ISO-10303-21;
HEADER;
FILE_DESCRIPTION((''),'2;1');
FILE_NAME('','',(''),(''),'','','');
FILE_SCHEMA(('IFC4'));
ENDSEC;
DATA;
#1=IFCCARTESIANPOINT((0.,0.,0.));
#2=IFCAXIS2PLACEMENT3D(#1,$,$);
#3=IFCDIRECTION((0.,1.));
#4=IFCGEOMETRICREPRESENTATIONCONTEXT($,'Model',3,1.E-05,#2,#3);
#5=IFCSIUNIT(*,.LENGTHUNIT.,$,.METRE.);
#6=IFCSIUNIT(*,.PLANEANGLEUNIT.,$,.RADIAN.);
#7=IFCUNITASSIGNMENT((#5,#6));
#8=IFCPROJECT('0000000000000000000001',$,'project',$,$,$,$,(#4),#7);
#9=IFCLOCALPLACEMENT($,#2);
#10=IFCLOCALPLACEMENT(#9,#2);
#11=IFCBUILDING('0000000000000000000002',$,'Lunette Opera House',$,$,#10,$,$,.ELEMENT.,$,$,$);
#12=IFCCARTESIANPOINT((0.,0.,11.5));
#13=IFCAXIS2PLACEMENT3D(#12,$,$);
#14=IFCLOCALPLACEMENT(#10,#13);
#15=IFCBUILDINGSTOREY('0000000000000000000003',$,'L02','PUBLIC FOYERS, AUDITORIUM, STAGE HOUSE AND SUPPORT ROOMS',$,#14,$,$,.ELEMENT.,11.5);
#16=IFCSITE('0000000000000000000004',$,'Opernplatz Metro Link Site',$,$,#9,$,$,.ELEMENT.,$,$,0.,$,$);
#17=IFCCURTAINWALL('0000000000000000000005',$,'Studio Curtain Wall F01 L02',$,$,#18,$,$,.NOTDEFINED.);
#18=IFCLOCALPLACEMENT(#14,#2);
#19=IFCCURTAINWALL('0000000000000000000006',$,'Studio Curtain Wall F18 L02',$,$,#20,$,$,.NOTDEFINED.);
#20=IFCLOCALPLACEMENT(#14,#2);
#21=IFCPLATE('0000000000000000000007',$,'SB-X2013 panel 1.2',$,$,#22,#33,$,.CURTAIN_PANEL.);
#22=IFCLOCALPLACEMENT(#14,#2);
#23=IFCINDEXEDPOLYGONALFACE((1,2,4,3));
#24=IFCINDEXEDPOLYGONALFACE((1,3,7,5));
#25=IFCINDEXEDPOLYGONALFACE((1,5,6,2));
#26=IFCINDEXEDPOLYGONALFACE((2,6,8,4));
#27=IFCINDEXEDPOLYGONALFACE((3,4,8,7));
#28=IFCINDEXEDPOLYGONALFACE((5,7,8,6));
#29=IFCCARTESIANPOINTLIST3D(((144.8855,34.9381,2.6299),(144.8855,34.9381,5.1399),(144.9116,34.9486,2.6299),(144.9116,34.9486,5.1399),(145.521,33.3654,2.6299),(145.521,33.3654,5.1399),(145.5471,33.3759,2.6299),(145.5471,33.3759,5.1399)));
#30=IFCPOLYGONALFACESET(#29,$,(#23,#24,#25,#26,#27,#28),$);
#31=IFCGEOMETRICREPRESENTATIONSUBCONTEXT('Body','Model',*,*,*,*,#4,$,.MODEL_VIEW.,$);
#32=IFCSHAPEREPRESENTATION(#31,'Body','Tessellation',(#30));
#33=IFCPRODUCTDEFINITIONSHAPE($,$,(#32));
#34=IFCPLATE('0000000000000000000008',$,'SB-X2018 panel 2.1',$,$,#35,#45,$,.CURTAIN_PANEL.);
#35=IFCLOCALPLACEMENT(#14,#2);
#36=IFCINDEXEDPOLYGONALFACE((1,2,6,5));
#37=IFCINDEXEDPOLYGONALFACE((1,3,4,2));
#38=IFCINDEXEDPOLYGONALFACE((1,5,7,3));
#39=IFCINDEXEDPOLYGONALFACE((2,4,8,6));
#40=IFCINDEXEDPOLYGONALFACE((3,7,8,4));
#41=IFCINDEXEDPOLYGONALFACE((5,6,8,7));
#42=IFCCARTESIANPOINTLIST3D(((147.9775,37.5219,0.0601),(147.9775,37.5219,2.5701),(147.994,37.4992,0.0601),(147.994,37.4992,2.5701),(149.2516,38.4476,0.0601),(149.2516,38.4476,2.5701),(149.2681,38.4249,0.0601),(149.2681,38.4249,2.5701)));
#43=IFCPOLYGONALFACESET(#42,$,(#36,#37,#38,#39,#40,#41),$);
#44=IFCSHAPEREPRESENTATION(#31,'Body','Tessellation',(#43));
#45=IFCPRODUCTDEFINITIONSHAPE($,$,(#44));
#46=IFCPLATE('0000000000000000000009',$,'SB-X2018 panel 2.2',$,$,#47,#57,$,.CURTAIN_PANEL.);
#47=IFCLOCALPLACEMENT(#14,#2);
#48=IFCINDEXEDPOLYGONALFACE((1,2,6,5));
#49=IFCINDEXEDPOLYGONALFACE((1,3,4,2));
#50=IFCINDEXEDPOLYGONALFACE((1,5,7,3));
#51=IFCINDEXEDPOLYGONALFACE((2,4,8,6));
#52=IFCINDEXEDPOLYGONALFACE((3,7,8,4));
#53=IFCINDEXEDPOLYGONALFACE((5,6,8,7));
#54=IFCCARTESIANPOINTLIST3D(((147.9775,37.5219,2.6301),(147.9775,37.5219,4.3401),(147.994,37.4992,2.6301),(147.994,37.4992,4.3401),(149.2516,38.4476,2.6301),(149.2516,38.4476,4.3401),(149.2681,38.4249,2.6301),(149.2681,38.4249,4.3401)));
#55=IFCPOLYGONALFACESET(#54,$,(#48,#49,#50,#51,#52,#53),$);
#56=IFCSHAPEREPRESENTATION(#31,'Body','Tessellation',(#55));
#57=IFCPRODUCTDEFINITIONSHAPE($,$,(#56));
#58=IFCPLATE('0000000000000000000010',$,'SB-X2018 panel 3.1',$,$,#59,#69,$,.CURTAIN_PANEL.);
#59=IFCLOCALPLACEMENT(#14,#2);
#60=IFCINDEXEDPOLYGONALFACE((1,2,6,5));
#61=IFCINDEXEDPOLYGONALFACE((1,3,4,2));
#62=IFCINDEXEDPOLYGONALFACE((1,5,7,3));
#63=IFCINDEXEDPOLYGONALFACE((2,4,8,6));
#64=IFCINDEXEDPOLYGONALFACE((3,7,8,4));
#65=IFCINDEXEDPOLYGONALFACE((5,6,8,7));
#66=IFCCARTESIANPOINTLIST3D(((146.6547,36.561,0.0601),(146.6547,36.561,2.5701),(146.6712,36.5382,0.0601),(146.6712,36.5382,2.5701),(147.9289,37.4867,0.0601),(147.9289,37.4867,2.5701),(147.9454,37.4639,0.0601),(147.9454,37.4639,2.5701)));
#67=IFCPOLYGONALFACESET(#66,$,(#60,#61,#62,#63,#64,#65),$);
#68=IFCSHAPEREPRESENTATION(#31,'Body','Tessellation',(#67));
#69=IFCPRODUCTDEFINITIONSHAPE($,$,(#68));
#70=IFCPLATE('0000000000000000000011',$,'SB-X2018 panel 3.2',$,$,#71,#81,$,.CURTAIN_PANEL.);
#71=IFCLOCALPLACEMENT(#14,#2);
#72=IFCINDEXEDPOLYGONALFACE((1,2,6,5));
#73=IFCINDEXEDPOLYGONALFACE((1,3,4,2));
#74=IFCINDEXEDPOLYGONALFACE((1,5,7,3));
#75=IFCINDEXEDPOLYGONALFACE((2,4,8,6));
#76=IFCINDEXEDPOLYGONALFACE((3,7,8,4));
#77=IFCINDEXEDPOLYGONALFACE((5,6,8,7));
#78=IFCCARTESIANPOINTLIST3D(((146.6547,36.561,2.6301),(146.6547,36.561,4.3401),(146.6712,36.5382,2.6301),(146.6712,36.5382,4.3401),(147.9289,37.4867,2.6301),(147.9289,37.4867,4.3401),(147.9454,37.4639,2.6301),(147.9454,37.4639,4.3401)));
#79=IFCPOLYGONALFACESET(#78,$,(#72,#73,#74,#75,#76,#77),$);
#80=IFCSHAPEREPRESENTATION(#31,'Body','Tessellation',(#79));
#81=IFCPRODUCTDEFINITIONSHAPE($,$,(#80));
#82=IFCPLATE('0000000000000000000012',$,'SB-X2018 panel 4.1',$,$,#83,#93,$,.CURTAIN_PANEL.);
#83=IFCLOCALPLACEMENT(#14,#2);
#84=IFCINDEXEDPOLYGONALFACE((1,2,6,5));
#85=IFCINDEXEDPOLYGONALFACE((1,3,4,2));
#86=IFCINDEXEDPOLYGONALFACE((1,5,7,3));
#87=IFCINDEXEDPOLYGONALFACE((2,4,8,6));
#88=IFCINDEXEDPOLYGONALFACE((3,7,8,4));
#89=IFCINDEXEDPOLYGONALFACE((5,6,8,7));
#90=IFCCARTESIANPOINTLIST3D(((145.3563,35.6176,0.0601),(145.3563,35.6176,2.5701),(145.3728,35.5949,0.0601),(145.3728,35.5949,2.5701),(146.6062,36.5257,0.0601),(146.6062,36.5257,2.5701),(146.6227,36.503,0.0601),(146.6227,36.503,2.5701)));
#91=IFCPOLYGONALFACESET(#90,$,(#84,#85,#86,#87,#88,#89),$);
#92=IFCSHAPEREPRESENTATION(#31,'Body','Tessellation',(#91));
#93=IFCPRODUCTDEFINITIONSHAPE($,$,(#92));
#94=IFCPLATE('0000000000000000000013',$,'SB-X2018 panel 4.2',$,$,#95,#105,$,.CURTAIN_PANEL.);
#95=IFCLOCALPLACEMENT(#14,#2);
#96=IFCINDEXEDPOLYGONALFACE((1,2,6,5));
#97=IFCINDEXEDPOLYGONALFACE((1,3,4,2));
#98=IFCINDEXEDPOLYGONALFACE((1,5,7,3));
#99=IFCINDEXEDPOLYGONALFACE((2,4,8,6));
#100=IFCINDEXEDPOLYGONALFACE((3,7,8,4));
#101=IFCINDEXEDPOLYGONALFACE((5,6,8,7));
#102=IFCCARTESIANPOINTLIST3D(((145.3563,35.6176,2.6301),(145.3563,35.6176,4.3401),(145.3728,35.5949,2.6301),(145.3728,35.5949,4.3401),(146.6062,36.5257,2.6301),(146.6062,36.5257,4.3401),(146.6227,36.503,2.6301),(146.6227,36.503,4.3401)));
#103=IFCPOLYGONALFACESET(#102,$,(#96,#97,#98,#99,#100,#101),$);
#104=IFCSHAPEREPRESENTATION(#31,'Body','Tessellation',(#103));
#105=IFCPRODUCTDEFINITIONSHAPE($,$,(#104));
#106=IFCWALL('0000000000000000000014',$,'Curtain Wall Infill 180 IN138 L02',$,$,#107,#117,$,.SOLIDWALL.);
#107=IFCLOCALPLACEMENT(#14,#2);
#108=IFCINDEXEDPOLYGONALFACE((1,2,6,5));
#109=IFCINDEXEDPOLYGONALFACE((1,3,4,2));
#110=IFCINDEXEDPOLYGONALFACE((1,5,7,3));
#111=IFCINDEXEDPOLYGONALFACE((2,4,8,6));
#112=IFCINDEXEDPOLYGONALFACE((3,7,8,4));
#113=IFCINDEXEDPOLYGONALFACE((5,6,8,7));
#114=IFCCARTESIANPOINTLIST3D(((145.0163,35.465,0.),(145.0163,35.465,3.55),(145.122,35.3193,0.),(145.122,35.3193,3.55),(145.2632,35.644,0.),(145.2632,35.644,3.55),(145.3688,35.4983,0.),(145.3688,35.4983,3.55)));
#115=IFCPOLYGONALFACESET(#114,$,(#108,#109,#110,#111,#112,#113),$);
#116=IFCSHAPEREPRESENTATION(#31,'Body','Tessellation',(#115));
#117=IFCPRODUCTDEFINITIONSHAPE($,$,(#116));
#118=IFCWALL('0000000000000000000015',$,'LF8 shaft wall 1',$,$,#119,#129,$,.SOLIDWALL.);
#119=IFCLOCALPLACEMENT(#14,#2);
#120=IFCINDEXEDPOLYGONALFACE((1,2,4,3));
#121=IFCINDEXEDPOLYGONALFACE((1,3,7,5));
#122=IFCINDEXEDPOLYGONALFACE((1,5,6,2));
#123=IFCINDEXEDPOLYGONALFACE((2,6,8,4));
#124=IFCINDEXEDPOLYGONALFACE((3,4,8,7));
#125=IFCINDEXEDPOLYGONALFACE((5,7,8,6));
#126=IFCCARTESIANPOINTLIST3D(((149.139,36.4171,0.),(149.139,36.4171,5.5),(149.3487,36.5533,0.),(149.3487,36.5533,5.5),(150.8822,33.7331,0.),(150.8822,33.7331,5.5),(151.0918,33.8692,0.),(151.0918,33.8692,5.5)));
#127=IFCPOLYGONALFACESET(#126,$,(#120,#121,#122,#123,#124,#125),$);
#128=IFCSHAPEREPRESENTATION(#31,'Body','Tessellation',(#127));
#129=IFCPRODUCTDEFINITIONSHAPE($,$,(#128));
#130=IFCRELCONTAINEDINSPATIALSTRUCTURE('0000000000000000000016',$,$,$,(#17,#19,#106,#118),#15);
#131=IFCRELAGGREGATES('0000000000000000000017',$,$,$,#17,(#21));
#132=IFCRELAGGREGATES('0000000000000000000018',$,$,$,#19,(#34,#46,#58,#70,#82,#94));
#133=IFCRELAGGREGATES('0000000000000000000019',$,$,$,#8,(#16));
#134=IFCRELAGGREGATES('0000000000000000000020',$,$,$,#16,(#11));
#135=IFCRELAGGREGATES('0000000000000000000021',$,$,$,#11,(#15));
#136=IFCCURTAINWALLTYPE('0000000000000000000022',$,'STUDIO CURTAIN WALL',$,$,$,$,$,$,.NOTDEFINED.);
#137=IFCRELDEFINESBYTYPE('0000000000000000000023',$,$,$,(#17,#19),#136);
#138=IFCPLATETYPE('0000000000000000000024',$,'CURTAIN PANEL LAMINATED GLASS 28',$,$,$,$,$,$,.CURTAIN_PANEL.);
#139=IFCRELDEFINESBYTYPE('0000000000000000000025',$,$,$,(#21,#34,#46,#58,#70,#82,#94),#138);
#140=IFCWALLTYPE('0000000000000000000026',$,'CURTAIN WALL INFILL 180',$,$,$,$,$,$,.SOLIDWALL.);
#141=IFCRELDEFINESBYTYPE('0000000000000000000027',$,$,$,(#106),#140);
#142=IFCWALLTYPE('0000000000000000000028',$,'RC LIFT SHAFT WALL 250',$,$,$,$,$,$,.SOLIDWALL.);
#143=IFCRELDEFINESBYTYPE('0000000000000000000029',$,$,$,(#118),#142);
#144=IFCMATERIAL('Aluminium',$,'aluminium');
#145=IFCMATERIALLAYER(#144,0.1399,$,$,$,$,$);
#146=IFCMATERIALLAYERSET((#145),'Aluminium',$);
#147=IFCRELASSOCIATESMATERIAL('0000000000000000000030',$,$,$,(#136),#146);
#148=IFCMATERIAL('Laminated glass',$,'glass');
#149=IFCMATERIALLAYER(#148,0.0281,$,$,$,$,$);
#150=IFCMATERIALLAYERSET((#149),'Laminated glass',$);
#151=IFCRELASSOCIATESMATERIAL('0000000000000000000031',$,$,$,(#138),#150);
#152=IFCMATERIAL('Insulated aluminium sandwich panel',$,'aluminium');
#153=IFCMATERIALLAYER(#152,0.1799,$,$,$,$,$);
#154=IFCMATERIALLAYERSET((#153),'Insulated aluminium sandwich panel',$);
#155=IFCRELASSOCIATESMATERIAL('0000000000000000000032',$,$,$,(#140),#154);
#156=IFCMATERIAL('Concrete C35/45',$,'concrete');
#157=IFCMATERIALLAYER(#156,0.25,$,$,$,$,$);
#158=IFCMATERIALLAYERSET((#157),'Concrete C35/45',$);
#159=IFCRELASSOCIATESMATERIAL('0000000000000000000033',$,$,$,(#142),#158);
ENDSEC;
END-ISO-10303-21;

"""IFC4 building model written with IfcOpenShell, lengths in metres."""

from ifc_helpers import new_model, si_unit, direction, frame, frame_2d, origin, origin_2d, place, context, subcontext, project, spatial, rectangle, extrude, material, layer, layer_set, type_object, element, aggregate, save


model = new_model("IFC4")

# Units and contexts
model_context = context("Model", 3, precision=1e-05, world=origin(), true_north=direction((0.0, 1.0)))
body_context = subcontext(model_context, "Body", "Model", "MODEL_VIEW")
ifc_project = project(units=[si_unit("LENGTHUNIT", "METRE"), si_unit("PLANEANGLEUNIT", "RADIAN")], contexts=[model_context])

# Site, building, storey
site_placement = place(None, origin())
site = spatial("IfcSite", under=ifc_project, at=site_placement, Name="Opernplatz Metro Link Site", CompositionType="ELEMENT", RefElevation=0.0)
building_placement = place(site_placement, origin())
building = spatial("IfcBuilding", under=site, at=building_placement, Name="Lunette Opera House", CompositionType="ELEMENT")
storey_placement = place(building_placement, frame((0.0, 0.0, 11.5)))
storey = spatial("IfcBuildingStorey", under=building, at=storey_placement, Name="L02", Description="PUBLIC FOYERS, AUDITORIUM, STAGE HOUSE AND SUPPORT ROOMS", CompositionType="ELEMENT", Elevation=11.5)

# Curtain wall
ifc_material_1 = material(Name="Aluminium", Category="aluminium")
ifc_layer_1 = layer(ifc_material_1, 0.1399)
ifc_layer_set_1 = layer_set([ifc_layer_1], Name="Aluminium")
curtain_wall_type = type_object("IfcCurtainWallType", Name="STUDIO CURTAIN WALL", PredefinedType="NOTDEFINED", material=ifc_layer_set_1)
curtain_wall_1_placement = place(storey_placement, origin())
curtain_wall_1 = element("IfcCurtainWall", 1, at=curtain_wall_1_placement, inside=storey, type_object=curtain_wall_type, Name="Studio Curtain Wall F01 L02", PredefinedType="NOTDEFINED")

# Curtain wall
curtain_wall_2_placement = place(storey_placement, origin())
curtain_wall_2 = element("IfcCurtainWall", 2, at=curtain_wall_2_placement, inside=storey, type_object=curtain_wall_type, Name="Studio Curtain Wall F18 L02", PredefinedType="NOTDEFINED")

# Plates
ifc_material_2 = material(Name="Laminated glass", Category="glass")
ifc_layer_2 = layer(ifc_material_2, 0.0281)
ifc_layer_set_2 = layer_set([ifc_layer_2], Name="Laminated glass")
plate_type = type_object("IfcPlateType", Name="CURTAIN PANEL LAMINATED GLASS 28", PredefinedType="CURTAIN_PANEL", material=ifc_layer_set_2)
plate_1_placement = place(storey_placement, frame((145.2163, 34.157, 2.6299), z_axis=(0.0, 0.0, 1.0), x_axis=(0.374646, -0.927168, 0.0)))
plate_1 = element("IfcPlate", 3, at=plate_1_placement, type_object=plate_type, Name="SB-X2013 panel 1.2", PredefinedType="CURTAIN_PANEL", context=body_context, shape_type="SweptSolid", body=[
    extrude(rectangle(XDim=1.6963, YDim=0.0281, at=origin_2d()), origin(), (0.0, 0.0, 1.0), 2.51),
])
aggregate(curtain_wall_1, [plate_1])
plate_2_placement = place(storey_placement, frame((148.6228, 37.9734, 0.0601), z_axis=(0.0, 0.0, 1.0), x_axis=(-0.809027, -0.587772, 0.0)))
plate_2 = element("IfcPlate", 4, at=plate_2_placement, type_object=plate_type, Name="SB-X2018 panel 2.1", PredefinedType="CURTAIN_PANEL", context=body_context, shape_type="SweptSolid", body=[
    extrude(rectangle(XDim=1.575, YDim=0.0281, at=origin_2d()), origin(), (0.0, 0.0, 1.0), 2.51),
])
plate_3_placement = place(storey_placement, frame((148.6228, 37.9734, 2.6301), z_axis=(0.0, 0.0, 1.0), x_axis=(-0.809027, -0.587772, 0.0)))
plate_3 = element("IfcPlate", 5, at=plate_3_placement, type_object=plate_type, Name="SB-X2018 panel 2.2", PredefinedType="CURTAIN_PANEL", context=body_context, shape_type="SweptSolid", body=[
    extrude(rectangle(XDim=1.575, YDim=0.0281, at=origin_2d()), origin(), (0.0, 0.0, 1.0), 1.71),
])
plate_4_placement = place(storey_placement, frame((147.3, 37.0125, 0.0601), z_axis=(0.0, 0.0, 1.0), x_axis=(-0.809027, -0.587772, 0.0)))
plate_4 = element("IfcPlate", 6, at=plate_4_placement, type_object=plate_type, Name="SB-X2018 panel 3.1", PredefinedType="CURTAIN_PANEL", context=body_context, shape_type="SweptSolid", body=[
    extrude(rectangle(XDim=1.575, YDim=0.0281, at=origin_2d()), origin(), (0.0, 0.0, 1.0), 2.51),
])
plate_5_placement = place(storey_placement, frame((147.3, 37.0125, 2.6301), z_axis=(0.0, 0.0, 1.0), x_axis=(-0.809027, -0.587772, 0.0)))
plate_5 = element("IfcPlate", 7, at=plate_5_placement, type_object=plate_type, Name="SB-X2018 panel 3.2", PredefinedType="CURTAIN_PANEL", context=body_context, shape_type="SweptSolid", body=[
    extrude(rectangle(XDim=1.575, YDim=0.0281, at=origin_2d()), origin(), (0.0, 0.0, 1.0), 1.71),
])
plate_6_placement = place(storey_placement, frame((145.9895, 36.0603, 0.0601), z_axis=(0.0, 0.0, 1.0), x_axis=(-0.809027, -0.587772, 0.0)))
plate_6 = element("IfcPlate", 8, at=plate_6_placement, type_object=plate_type, Name="SB-X2018 panel 4.1", PredefinedType="CURTAIN_PANEL", context=body_context, shape_type="SweptSolid", body=[
    extrude(rectangle(XDim=1.5449, YDim=0.0281, at=origin_2d()), origin(), (0.0, 0.0, 1.0), 2.51),
])
plate_7_placement = place(storey_placement, frame((145.9895, 36.0603, 2.6301), z_axis=(0.0, 0.0, 1.0), x_axis=(-0.809027, -0.587772, 0.0)))
plate_7 = element("IfcPlate", 9, at=plate_7_placement, type_object=plate_type, Name="SB-X2018 panel 4.2", PredefinedType="CURTAIN_PANEL", context=body_context, shape_type="SweptSolid", body=[
    extrude(rectangle(XDim=1.5449, YDim=0.0281, at=origin_2d()), origin(), (0.0, 0.0, 1.0), 1.71),
])
aggregate(curtain_wall_2, [plate_2, plate_3, plate_4, plate_5, plate_6, plate_7])

# Walls
ifc_material_3 = material(Name="Insulated aluminium sandwich panel", Category="aluminium")
ifc_layer_3 = layer(ifc_material_3, 0.1799)
ifc_layer_set_3 = layer_set([ifc_layer_3], Name="Insulated aluminium sandwich panel")
wall_type_1 = type_object("IfcWallType", Name="CURTAIN WALL INFILL 180", PredefinedType="SOLIDWALL", material=ifc_layer_set_3)
wall_1_placement = place(storey_placement, frame((145.3159, 35.571, 0.0), z_axis=(0.0, 0.0, 1.0), x_axis=(-0.809601, -0.586981, 0.0)))
element("IfcWall", 10, at=wall_1_placement, inside=storey, type_object=wall_type_1, Name="Curtain Wall Infill 180 IN138 L02", PredefinedType="SOLIDWALL", context=body_context, shape_type="SweptSolid", body=[
    extrude(rectangle(XDim=0.3049, YDim=0.1799, at=frame_2d((0.1523, 0.0))), origin(), (0.0, 0.0, 1.0), 3.55),
])
ifc_material_4 = material(Name="Concrete C35/45", Category="concrete")
ifc_layer_4 = layer(ifc_material_4, 0.25)
ifc_layer_set_4 = layer_set([ifc_layer_4], Name="Concrete C35/45")
wall_type_2 = type_object("IfcWallType", Name="RC LIFT SHAFT WALL 250", PredefinedType="SOLIDWALL", material=ifc_layer_set_4)
wall_2_placement = place(storey_placement, frame((149.2439, 36.4851, 0.0), z_axis=(0.0, 0.0, 1.0), x_axis=(0.544661, -0.838656, 0.0)))
element("IfcWall", 11, at=wall_2_placement, inside=storey, type_object=wall_type_2, Name="LF8 shaft wall 1", PredefinedType="SOLIDWALL", context=body_context, shape_type="SweptSolid", body=[
    extrude(rectangle(XDim=3.2004, YDim=0.25, at=frame_2d((1.6001, 0.0))), origin(), (0.0, 0.0, 1.0), 5.5),
])

save(model, "model.ifc")
